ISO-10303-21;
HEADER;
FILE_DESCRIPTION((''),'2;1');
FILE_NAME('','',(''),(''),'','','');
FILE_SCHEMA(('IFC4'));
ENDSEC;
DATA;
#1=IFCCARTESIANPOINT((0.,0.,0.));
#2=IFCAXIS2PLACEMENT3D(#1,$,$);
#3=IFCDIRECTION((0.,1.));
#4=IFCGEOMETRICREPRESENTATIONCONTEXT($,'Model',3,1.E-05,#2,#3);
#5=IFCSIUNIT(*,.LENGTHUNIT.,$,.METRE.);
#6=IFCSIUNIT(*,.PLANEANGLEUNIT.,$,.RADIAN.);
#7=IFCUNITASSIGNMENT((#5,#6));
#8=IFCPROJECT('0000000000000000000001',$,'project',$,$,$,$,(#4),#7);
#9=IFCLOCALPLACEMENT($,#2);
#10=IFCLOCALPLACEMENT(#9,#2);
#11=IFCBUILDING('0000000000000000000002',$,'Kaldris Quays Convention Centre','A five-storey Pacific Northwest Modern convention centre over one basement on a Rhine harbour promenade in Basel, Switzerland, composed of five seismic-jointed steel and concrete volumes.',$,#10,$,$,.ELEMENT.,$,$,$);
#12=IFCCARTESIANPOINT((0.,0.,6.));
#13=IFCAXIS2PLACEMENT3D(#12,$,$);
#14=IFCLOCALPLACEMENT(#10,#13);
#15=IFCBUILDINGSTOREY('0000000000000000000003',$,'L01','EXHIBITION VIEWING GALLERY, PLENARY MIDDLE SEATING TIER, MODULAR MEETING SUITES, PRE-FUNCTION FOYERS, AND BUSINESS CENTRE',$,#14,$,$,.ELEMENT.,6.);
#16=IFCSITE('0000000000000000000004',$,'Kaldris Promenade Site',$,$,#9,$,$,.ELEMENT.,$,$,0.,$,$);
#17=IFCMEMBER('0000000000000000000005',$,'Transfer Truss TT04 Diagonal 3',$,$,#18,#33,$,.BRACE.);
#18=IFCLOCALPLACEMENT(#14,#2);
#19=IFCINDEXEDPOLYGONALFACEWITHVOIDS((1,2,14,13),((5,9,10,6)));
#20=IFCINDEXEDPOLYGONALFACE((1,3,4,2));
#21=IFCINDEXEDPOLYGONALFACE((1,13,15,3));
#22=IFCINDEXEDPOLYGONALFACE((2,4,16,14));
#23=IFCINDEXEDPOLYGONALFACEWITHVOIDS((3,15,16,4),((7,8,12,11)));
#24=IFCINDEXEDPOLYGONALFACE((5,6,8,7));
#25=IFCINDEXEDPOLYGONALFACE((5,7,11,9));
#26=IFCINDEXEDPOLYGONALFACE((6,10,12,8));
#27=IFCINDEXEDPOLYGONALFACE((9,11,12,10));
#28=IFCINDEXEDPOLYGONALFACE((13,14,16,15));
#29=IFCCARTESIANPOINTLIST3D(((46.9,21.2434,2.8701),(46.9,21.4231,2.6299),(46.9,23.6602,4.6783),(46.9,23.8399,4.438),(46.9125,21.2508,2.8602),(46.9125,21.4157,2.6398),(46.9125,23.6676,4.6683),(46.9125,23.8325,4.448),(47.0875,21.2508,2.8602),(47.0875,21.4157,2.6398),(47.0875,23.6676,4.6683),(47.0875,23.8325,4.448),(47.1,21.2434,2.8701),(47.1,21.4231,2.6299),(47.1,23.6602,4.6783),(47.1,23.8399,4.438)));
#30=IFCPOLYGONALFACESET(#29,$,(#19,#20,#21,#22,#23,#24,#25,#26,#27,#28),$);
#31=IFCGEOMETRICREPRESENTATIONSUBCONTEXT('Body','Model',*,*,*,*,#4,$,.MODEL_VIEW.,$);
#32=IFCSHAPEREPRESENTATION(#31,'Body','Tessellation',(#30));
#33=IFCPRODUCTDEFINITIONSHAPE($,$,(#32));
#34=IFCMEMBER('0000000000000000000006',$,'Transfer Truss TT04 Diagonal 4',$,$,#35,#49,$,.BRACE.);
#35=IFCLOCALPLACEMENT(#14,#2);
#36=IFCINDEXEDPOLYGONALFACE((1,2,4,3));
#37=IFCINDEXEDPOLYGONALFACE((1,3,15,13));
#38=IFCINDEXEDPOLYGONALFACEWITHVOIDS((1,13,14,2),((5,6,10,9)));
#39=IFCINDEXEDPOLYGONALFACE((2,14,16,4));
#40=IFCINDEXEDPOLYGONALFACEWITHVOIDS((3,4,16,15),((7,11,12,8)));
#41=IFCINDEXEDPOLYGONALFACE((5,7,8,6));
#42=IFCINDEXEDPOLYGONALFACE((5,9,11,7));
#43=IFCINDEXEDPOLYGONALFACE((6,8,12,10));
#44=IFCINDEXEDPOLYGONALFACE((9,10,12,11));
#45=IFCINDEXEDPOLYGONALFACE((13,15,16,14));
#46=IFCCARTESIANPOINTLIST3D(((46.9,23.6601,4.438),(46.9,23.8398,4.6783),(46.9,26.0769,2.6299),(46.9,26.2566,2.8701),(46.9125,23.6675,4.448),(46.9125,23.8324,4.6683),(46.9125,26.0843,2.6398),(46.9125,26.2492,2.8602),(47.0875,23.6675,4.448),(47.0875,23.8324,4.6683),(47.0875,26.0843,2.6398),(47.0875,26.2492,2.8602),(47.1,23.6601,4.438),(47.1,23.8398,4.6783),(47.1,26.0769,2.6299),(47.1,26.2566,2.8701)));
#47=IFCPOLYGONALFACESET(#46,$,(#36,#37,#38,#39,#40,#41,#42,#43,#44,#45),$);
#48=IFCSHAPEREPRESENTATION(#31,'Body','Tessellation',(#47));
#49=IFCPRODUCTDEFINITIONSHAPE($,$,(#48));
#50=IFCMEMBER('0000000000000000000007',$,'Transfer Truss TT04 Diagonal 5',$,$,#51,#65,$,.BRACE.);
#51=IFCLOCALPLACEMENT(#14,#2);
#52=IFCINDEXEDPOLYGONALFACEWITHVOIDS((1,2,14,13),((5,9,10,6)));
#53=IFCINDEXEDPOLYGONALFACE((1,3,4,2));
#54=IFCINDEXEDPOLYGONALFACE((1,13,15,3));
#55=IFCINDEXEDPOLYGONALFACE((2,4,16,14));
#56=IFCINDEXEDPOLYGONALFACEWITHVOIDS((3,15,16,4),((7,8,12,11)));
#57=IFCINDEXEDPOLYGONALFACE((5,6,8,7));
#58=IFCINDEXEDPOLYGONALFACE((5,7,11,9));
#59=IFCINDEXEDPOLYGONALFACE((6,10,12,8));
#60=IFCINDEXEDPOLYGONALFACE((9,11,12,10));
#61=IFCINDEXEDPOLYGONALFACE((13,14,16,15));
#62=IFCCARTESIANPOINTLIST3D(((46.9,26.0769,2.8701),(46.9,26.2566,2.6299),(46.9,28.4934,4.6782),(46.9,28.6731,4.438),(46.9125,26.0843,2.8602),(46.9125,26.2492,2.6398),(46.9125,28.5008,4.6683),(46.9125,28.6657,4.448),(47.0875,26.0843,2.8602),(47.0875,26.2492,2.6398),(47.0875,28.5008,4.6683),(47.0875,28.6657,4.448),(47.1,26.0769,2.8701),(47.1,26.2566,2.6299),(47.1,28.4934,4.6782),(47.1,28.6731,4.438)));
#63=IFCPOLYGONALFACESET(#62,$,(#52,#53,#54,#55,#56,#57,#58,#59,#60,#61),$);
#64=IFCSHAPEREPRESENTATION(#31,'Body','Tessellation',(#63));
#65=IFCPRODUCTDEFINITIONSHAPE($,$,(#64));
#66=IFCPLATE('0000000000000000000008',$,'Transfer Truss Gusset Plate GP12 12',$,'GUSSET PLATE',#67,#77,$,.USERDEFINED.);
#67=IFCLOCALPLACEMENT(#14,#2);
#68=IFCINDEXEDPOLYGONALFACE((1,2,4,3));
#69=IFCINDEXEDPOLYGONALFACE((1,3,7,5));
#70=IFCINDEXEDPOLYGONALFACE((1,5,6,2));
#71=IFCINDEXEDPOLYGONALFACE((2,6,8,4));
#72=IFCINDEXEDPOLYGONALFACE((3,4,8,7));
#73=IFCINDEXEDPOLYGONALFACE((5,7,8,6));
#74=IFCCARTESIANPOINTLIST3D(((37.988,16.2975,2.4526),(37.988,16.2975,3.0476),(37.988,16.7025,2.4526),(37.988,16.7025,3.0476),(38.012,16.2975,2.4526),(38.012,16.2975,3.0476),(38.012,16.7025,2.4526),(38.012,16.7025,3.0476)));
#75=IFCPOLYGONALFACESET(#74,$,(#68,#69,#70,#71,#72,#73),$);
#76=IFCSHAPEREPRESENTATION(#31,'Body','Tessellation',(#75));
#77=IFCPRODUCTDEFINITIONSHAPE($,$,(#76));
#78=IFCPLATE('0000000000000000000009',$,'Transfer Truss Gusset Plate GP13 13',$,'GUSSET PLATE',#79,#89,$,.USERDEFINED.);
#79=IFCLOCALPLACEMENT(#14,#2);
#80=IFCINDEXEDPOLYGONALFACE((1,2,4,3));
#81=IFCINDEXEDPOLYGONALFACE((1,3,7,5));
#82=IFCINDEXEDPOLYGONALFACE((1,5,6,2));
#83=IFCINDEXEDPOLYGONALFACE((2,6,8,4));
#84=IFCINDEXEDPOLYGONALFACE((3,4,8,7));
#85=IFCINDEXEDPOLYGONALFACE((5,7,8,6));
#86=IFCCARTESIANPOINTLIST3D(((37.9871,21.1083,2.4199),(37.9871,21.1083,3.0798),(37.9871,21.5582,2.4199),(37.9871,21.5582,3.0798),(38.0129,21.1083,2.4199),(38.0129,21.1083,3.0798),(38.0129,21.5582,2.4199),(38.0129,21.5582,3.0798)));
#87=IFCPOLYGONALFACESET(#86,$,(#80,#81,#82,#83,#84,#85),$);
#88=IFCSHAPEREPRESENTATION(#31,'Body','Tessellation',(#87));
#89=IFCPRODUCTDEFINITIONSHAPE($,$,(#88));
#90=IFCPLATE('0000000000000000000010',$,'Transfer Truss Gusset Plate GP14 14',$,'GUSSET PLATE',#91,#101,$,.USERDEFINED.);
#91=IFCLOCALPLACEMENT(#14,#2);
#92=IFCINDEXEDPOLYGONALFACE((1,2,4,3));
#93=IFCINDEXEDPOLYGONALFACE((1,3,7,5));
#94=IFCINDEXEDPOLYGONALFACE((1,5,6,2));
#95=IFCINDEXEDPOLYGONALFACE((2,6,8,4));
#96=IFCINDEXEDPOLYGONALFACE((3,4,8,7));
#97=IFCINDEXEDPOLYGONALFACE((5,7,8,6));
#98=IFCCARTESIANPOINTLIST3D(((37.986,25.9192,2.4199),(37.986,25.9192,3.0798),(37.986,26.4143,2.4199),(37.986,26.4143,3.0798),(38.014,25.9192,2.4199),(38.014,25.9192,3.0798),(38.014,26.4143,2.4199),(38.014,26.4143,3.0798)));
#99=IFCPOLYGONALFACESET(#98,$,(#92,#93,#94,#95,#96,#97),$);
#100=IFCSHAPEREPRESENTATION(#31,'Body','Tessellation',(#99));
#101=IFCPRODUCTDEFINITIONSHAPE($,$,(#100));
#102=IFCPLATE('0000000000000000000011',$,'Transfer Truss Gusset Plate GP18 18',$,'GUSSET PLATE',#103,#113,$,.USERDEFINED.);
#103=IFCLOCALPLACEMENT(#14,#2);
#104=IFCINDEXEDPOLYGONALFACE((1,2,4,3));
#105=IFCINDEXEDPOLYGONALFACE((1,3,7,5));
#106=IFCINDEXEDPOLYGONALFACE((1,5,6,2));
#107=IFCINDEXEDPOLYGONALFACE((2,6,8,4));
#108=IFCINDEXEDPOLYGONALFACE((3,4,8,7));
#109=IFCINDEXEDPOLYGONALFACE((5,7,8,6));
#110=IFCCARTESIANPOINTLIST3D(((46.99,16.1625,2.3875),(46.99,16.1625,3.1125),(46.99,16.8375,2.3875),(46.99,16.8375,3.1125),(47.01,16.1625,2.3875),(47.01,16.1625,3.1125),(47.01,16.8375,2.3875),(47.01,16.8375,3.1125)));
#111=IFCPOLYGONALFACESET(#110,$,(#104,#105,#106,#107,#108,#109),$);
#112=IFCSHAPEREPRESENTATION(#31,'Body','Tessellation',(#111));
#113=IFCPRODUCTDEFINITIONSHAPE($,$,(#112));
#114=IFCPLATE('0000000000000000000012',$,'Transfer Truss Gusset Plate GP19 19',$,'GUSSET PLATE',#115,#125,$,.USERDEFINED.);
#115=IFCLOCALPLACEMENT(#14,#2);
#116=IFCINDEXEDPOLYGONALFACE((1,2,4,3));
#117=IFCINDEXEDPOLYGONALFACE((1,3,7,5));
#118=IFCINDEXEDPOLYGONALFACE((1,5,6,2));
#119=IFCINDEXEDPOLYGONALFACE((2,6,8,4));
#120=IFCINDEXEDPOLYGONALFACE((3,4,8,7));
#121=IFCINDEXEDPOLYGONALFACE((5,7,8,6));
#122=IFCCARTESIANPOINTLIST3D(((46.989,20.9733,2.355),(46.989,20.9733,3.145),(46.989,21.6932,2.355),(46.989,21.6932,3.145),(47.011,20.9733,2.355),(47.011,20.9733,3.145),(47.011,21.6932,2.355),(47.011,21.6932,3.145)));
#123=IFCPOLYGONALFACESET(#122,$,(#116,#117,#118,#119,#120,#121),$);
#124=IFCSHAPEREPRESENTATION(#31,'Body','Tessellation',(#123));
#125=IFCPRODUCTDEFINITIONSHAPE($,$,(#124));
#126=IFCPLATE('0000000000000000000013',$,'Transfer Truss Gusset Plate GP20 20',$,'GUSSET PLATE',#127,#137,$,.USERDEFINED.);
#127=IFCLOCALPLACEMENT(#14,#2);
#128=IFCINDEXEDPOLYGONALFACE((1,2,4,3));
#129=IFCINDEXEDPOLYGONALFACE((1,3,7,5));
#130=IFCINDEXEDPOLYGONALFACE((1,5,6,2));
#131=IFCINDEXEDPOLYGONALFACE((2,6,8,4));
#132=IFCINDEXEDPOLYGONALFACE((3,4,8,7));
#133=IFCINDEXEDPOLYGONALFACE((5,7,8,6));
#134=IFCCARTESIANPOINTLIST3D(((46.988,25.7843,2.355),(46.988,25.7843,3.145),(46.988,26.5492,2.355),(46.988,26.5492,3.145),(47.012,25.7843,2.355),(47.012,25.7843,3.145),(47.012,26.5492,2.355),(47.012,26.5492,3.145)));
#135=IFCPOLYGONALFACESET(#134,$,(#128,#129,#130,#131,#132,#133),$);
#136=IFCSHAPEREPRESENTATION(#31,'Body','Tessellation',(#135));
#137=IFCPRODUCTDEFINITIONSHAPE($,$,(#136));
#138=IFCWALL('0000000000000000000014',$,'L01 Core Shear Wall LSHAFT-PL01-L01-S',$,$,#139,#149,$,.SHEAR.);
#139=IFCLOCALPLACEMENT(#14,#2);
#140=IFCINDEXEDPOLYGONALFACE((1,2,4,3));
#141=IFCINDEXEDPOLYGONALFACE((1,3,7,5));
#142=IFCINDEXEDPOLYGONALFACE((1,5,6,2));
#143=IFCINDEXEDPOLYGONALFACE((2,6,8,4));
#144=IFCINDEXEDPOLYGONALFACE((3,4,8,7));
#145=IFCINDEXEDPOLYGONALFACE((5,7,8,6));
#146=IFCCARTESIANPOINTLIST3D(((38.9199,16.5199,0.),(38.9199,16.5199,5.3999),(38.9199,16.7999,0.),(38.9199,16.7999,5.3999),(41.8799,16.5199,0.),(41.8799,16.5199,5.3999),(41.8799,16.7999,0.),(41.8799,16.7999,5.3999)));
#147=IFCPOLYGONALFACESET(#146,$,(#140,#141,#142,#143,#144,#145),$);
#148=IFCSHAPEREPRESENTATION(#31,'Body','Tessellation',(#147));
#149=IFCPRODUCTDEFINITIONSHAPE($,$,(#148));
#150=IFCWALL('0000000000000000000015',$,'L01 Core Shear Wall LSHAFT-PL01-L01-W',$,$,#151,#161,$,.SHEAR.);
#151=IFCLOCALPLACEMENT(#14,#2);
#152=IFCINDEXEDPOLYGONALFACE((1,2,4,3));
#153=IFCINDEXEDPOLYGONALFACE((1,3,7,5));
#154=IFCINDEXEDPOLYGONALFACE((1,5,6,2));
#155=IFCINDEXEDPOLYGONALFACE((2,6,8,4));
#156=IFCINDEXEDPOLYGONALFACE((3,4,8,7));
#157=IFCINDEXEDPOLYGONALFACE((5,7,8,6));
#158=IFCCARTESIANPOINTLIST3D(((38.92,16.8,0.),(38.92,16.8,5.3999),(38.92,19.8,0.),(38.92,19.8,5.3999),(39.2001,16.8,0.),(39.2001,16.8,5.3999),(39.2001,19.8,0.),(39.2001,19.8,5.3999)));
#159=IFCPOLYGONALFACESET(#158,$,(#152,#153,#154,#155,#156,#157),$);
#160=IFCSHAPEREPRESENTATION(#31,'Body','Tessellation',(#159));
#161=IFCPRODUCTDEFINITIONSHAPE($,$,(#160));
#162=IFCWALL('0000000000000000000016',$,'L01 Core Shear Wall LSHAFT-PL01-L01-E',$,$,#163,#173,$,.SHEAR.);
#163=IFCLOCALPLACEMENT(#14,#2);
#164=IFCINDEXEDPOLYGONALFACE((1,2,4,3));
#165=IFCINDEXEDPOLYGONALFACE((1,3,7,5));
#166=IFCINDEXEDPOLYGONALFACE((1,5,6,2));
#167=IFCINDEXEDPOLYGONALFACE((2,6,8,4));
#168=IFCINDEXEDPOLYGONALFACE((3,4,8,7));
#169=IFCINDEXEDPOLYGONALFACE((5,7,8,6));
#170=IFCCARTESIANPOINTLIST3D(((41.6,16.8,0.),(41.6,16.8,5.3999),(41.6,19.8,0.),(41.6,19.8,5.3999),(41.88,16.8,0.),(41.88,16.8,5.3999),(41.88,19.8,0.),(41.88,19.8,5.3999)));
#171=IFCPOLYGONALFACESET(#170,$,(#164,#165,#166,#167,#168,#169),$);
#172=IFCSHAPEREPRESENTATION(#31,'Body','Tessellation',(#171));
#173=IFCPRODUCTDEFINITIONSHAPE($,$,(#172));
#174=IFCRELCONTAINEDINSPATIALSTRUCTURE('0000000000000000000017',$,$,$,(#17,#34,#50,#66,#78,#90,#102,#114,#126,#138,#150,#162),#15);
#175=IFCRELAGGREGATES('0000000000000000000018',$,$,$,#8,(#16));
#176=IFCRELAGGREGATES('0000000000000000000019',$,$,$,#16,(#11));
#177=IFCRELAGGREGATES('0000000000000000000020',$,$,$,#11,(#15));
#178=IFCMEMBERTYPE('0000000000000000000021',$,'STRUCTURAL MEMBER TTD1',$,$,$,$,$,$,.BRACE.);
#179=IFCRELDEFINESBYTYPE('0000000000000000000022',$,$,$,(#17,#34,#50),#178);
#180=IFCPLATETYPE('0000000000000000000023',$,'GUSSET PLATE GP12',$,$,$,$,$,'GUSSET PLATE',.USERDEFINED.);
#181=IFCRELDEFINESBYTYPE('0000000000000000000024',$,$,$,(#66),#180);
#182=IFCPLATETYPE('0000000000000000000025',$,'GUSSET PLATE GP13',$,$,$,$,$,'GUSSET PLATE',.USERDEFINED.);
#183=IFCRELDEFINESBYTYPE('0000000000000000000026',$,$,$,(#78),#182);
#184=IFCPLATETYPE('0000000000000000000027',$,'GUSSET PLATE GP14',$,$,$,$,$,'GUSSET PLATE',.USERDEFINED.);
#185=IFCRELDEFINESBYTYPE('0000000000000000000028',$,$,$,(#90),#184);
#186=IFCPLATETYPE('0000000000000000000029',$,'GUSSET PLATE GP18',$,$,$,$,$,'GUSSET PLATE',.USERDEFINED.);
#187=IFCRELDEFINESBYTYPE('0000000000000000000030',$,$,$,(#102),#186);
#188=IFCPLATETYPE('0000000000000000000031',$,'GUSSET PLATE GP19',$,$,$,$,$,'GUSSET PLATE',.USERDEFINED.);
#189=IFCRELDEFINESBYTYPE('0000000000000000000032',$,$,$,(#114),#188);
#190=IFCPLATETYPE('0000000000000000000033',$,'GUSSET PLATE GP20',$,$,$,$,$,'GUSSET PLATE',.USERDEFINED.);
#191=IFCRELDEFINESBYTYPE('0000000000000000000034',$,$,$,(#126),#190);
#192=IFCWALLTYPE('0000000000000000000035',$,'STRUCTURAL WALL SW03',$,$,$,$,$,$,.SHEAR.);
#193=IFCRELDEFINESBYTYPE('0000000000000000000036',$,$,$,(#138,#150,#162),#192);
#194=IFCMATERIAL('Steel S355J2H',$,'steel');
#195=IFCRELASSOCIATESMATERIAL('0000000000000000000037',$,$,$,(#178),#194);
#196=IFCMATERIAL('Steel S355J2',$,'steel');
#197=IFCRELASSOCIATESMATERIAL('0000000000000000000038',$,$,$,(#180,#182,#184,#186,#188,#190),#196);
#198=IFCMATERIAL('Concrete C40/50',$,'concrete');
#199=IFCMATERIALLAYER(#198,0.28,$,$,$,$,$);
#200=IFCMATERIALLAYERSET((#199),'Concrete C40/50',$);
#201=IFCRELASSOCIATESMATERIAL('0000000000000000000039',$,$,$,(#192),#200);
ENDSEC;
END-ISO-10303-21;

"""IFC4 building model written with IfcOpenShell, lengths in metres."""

from ifc_helpers import new_model, si_unit, direction, frame, frame_2d, origin, origin_2d, place, context, subcontext, project, spatial, rectangle, hollow_rectangle, extrude, material, layer, layer_set, material_profile, profile_set, type_object, element, save


model = new_model("IFC4")

# Units and contexts
model_context = context("Model", 3, precision=1e-05, world=origin(), true_north=direction((0.0, 1.0)))
body_context = subcontext(model_context, "Body", "Model", "MODEL_VIEW")
ifc_project = project(units=[si_unit("LENGTHUNIT", "METRE"), si_unit("PLANEANGLEUNIT", "RADIAN")], contexts=[model_context])

# Site, building, storey
site_placement = place(None, origin())
site = spatial("IfcSite", under=ifc_project, at=site_placement, Name="Kaldris Promenade Site", CompositionType="ELEMENT", RefElevation=0.0)
building_placement = place(site_placement, origin())
building = spatial("IfcBuilding", under=site, at=building_placement, Name="Kaldris Quays Convention Centre", Description="A five-storey Pacific Northwest Modern convention centre over one basement on a Rhine harbour promenade in Basel, Switzerland, composed of five seismic-jointed steel and concrete volumes.", CompositionType="ELEMENT")
storey_placement = place(building_placement, frame((0.0, 0.0, 6.0)))
storey = spatial("IfcBuildingStorey", under=building, at=storey_placement, Name="L01", Description="EXHIBITION VIEWING GALLERY, PLENARY MIDDLE SEATING TIER, MODULAR MEETING SUITES, PRE-FUNCTION FOYERS, AND BUSINESS CENTRE", CompositionType="ELEMENT", Elevation=6.0)

# Shared definitions
ifc_material_1 = material(Name="Steel S355J2", Category="steel")

# Members
ifc_material_2 = material(Name="Steel S355J2H", Category="steel")
ifc_material_profile_1 = material_profile(ifc_material_2, hollow_rectangle(XDim=0.2, YDim=0.3, WallThickness=0.0125, at=origin_2d()), Name="RHS 300x200x12.5")
ifc_profile_set_1 = profile_set([ifc_material_profile_1], Name="Steel S355J2H")
member_type = type_object("IfcMemberType", Name="STRUCTURAL MEMBER TTD1", PredefinedType="BRACE", material=ifc_profile_set_1)
for number, where, z_axis, x_axis, name in (
    (1, (47.0, 21.3333, 2.75), (0.0, 0.800708, 0.599055), (-1.0, 0.0, 0.0), "Transfer Truss TT04 Diagonal 3"),
    (2, (47.0, 26.1667, 2.75), (0.0, -0.800708, 0.599055), (1.0, 0.0, 0.0), "Transfer Truss TT04 Diagonal 4"),
):
    element("IfcMember", number, at=place(storey_placement, frame(where, z_axis=z_axis, x_axis=x_axis)), inside=storey, type_object=member_type, Name=name, PredefinedType="BRACE", context=body_context, shape_type="SweptSolid", body=[
        extrude(hollow_rectangle(XDim=0.2, YDim=0.3, WallThickness=0.0125, at=origin_2d()), origin(), (0.0, 0.0, 1.0), 3.0183),
    ])
member_1_placement = place(storey_placement, frame((47.0, 26.1667, 2.75), z_axis=(0.0, 0.800679, 0.599094), x_axis=(-1.0, 0.0, 0.0)))
element("IfcMember", 3, at=member_1_placement, inside=storey, type_object=member_type, Name="Transfer Truss TT04 Diagonal 5", PredefinedType="BRACE", context=body_context, shape_type="SweptSolid", body=[
    extrude(hollow_rectangle(XDim=0.2, YDim=0.3, WallThickness=0.0125, at=origin_2d()), origin(), (0.0, 0.0, 1.0), 3.0181),
])

# Plates
plate_type_1 = type_object("IfcPlateType", Name="GUSSET PLATE GP12", ElementType="GUSSET PLATE", PredefinedType="USERDEFINED", material=ifc_material_1)
plate_1_placement = place(storey_placement, frame((38.0, 16.5, 2.4526), z_axis=(0.0, 0.0, 1.0), x_axis=(1.0, 0.0, 0.0)))
element("IfcPlate", 4, at=plate_1_placement, inside=storey, type_object=plate_type_1, Name="Transfer Truss Gusset Plate GP12 12", ObjectType="GUSSET PLATE", PredefinedType="USERDEFINED", context=body_context, shape_type="SweptSolid", body=[
    extrude(rectangle(XDim=0.0239, YDim=0.405, at=origin_2d()), origin(), (0.0, 0.0, 1.0), 0.595),
])
plate_type_2 = type_object("IfcPlateType", Name="GUSSET PLATE GP13", ElementType="GUSSET PLATE", PredefinedType="USERDEFINED", material=ifc_material_1)
plate_2_placement = place(storey_placement, frame((38.0, 21.3333, 2.4199), z_axis=(0.0, 0.0, 1.0), x_axis=(1.0, 0.0, 0.0)))
element("IfcPlate", 5, at=plate_2_placement, inside=storey, type_object=plate_type_2, Name="Transfer Truss Gusset Plate GP13 13", ObjectType="GUSSET PLATE", PredefinedType="USERDEFINED", context=body_context, shape_type="SweptSolid", body=[
    extrude(rectangle(XDim=0.0259, YDim=0.45, at=origin_2d()), origin(), (0.0, 0.0, 1.0), 0.6599),
])
plate_type_3 = type_object("IfcPlateType", Name="GUSSET PLATE GP14", ElementType="GUSSET PLATE", PredefinedType="USERDEFINED", material=ifc_material_1)
plate_3_placement = place(storey_placement, frame((38.0, 26.1667, 2.4199), z_axis=(0.0, 0.0, 1.0), x_axis=(1.0, 0.0, 0.0)))
element("IfcPlate", 6, at=plate_3_placement, inside=storey, type_object=plate_type_3, Name="Transfer Truss Gusset Plate GP14 14", ObjectType="GUSSET PLATE", PredefinedType="USERDEFINED", context=body_context, shape_type="SweptSolid", body=[
    extrude(rectangle(XDim=0.0281, YDim=0.4951, at=origin_2d()), origin(), (0.0, 0.0, 1.0), 0.6599),
])
plate_type_4 = type_object("IfcPlateType", Name="GUSSET PLATE GP18", ElementType="GUSSET PLATE", PredefinedType="USERDEFINED", material=ifc_material_1)
plate_4_placement = place(storey_placement, frame((47.0, 16.5, 2.3875), z_axis=(0.0, 0.0, 1.0), x_axis=(1.0, 0.0, 0.0)))
element("IfcPlate", 7, at=plate_4_placement, inside=storey, type_object=plate_type_4, Name="Transfer Truss Gusset Plate GP18 18", ObjectType="GUSSET PLATE", PredefinedType="USERDEFINED", context=body_context, shape_type="SweptSolid", body=[
    extrude(rectangle(XDim=0.02, YDim=0.675, at=origin_2d()), origin(), (0.0, 0.0, 1.0), 0.7251),
])
plate_type_5 = type_object("IfcPlateType", Name="GUSSET PLATE GP19", ElementType="GUSSET PLATE", PredefinedType="USERDEFINED", material=ifc_material_1)
plate_5_placement = place(storey_placement, frame((47.0, 21.3333, 2.355), z_axis=(0.0, 0.0, 1.0), x_axis=(1.0, 0.0, 0.0)))
element("IfcPlate", 8, at=plate_5_placement, inside=storey, type_object=plate_type_5, Name="Transfer Truss Gusset Plate GP19 19", ObjectType="GUSSET PLATE", PredefinedType="USERDEFINED", context=body_context, shape_type="SweptSolid", body=[
    extrude(rectangle(XDim=0.022, YDim=0.72, at=origin_2d()), origin(), (0.0, 0.0, 1.0), 0.79),
])
plate_type_6 = type_object("IfcPlateType", Name="GUSSET PLATE GP20", ElementType="GUSSET PLATE", PredefinedType="USERDEFINED", material=ifc_material_1)
plate_6_placement = place(storey_placement, frame((47.0, 26.1667, 2.355), z_axis=(0.0, 0.0, 1.0), x_axis=(1.0, 0.0, 0.0)))
element("IfcPlate", 9, at=plate_6_placement, inside=storey, type_object=plate_type_6, Name="Transfer Truss Gusset Plate GP20 20", ObjectType="GUSSET PLATE", PredefinedType="USERDEFINED", context=body_context, shape_type="SweptSolid", body=[
    extrude(rectangle(XDim=0.0239, YDim=0.7649, at=origin_2d()), origin(), (0.0, 0.0, 1.0), 0.79),
])

# Wall
ifc_material_3 = material(Name="Concrete C40/50", Category="concrete")
ifc_layer = layer(ifc_material_3, 0.28)
ifc_layer_set = layer_set([ifc_layer], Name="Concrete C40/50")
wall_type = type_object("IfcWallType", Name="STRUCTURAL WALL SW03", PredefinedType="SHEAR", material=ifc_layer_set)
wall_1_placement = place(storey_placement, frame((38.9199, 16.6599, 0.0), z_axis=(0.0, 0.0, 1.0), x_axis=(1.0, 0.0, 0.0)))
element("IfcWall", 10, at=wall_1_placement, inside=storey, type_object=wall_type, Name="L01 Core Shear Wall LSHAFT-PL01-L01-S", PredefinedType="SHEAR", context=body_context, shape_type="SweptSolid", body=[
    extrude(rectangle(XDim=2.96, YDim=0.28, at=frame_2d((1.48, 0.0))), origin(), (0.0, 0.0, 1.0), 5.3999),
])

# Walls
for number, where, z_axis, x_axis, name in (
    (11, (39.0601, 16.8, 0.0), (0.0, 0.0, 1.0), (0.0, 1.0, 0.0), "L01 Core Shear Wall LSHAFT-PL01-L01-W"),
    (12, (41.74, 16.8, 0.0), (0.0, 0.0, 1.0), (0.0, 1.0, 0.0), "L01 Core Shear Wall LSHAFT-PL01-L01-E"),
):
    element("IfcWall", number, at=place(storey_placement, frame(where, z_axis=z_axis, x_axis=x_axis)), inside=storey, type_object=wall_type, Name=name, PredefinedType="SHEAR", context=body_context, shape_type="SweptSolid", body=[
        extrude(rectangle(XDim=3.0, YDim=0.28, at=frame_2d((1.5, 0.0))), origin(), (0.0, 0.0, 1.0), 5.3999),
    ])

save(model, "model.ifc")
